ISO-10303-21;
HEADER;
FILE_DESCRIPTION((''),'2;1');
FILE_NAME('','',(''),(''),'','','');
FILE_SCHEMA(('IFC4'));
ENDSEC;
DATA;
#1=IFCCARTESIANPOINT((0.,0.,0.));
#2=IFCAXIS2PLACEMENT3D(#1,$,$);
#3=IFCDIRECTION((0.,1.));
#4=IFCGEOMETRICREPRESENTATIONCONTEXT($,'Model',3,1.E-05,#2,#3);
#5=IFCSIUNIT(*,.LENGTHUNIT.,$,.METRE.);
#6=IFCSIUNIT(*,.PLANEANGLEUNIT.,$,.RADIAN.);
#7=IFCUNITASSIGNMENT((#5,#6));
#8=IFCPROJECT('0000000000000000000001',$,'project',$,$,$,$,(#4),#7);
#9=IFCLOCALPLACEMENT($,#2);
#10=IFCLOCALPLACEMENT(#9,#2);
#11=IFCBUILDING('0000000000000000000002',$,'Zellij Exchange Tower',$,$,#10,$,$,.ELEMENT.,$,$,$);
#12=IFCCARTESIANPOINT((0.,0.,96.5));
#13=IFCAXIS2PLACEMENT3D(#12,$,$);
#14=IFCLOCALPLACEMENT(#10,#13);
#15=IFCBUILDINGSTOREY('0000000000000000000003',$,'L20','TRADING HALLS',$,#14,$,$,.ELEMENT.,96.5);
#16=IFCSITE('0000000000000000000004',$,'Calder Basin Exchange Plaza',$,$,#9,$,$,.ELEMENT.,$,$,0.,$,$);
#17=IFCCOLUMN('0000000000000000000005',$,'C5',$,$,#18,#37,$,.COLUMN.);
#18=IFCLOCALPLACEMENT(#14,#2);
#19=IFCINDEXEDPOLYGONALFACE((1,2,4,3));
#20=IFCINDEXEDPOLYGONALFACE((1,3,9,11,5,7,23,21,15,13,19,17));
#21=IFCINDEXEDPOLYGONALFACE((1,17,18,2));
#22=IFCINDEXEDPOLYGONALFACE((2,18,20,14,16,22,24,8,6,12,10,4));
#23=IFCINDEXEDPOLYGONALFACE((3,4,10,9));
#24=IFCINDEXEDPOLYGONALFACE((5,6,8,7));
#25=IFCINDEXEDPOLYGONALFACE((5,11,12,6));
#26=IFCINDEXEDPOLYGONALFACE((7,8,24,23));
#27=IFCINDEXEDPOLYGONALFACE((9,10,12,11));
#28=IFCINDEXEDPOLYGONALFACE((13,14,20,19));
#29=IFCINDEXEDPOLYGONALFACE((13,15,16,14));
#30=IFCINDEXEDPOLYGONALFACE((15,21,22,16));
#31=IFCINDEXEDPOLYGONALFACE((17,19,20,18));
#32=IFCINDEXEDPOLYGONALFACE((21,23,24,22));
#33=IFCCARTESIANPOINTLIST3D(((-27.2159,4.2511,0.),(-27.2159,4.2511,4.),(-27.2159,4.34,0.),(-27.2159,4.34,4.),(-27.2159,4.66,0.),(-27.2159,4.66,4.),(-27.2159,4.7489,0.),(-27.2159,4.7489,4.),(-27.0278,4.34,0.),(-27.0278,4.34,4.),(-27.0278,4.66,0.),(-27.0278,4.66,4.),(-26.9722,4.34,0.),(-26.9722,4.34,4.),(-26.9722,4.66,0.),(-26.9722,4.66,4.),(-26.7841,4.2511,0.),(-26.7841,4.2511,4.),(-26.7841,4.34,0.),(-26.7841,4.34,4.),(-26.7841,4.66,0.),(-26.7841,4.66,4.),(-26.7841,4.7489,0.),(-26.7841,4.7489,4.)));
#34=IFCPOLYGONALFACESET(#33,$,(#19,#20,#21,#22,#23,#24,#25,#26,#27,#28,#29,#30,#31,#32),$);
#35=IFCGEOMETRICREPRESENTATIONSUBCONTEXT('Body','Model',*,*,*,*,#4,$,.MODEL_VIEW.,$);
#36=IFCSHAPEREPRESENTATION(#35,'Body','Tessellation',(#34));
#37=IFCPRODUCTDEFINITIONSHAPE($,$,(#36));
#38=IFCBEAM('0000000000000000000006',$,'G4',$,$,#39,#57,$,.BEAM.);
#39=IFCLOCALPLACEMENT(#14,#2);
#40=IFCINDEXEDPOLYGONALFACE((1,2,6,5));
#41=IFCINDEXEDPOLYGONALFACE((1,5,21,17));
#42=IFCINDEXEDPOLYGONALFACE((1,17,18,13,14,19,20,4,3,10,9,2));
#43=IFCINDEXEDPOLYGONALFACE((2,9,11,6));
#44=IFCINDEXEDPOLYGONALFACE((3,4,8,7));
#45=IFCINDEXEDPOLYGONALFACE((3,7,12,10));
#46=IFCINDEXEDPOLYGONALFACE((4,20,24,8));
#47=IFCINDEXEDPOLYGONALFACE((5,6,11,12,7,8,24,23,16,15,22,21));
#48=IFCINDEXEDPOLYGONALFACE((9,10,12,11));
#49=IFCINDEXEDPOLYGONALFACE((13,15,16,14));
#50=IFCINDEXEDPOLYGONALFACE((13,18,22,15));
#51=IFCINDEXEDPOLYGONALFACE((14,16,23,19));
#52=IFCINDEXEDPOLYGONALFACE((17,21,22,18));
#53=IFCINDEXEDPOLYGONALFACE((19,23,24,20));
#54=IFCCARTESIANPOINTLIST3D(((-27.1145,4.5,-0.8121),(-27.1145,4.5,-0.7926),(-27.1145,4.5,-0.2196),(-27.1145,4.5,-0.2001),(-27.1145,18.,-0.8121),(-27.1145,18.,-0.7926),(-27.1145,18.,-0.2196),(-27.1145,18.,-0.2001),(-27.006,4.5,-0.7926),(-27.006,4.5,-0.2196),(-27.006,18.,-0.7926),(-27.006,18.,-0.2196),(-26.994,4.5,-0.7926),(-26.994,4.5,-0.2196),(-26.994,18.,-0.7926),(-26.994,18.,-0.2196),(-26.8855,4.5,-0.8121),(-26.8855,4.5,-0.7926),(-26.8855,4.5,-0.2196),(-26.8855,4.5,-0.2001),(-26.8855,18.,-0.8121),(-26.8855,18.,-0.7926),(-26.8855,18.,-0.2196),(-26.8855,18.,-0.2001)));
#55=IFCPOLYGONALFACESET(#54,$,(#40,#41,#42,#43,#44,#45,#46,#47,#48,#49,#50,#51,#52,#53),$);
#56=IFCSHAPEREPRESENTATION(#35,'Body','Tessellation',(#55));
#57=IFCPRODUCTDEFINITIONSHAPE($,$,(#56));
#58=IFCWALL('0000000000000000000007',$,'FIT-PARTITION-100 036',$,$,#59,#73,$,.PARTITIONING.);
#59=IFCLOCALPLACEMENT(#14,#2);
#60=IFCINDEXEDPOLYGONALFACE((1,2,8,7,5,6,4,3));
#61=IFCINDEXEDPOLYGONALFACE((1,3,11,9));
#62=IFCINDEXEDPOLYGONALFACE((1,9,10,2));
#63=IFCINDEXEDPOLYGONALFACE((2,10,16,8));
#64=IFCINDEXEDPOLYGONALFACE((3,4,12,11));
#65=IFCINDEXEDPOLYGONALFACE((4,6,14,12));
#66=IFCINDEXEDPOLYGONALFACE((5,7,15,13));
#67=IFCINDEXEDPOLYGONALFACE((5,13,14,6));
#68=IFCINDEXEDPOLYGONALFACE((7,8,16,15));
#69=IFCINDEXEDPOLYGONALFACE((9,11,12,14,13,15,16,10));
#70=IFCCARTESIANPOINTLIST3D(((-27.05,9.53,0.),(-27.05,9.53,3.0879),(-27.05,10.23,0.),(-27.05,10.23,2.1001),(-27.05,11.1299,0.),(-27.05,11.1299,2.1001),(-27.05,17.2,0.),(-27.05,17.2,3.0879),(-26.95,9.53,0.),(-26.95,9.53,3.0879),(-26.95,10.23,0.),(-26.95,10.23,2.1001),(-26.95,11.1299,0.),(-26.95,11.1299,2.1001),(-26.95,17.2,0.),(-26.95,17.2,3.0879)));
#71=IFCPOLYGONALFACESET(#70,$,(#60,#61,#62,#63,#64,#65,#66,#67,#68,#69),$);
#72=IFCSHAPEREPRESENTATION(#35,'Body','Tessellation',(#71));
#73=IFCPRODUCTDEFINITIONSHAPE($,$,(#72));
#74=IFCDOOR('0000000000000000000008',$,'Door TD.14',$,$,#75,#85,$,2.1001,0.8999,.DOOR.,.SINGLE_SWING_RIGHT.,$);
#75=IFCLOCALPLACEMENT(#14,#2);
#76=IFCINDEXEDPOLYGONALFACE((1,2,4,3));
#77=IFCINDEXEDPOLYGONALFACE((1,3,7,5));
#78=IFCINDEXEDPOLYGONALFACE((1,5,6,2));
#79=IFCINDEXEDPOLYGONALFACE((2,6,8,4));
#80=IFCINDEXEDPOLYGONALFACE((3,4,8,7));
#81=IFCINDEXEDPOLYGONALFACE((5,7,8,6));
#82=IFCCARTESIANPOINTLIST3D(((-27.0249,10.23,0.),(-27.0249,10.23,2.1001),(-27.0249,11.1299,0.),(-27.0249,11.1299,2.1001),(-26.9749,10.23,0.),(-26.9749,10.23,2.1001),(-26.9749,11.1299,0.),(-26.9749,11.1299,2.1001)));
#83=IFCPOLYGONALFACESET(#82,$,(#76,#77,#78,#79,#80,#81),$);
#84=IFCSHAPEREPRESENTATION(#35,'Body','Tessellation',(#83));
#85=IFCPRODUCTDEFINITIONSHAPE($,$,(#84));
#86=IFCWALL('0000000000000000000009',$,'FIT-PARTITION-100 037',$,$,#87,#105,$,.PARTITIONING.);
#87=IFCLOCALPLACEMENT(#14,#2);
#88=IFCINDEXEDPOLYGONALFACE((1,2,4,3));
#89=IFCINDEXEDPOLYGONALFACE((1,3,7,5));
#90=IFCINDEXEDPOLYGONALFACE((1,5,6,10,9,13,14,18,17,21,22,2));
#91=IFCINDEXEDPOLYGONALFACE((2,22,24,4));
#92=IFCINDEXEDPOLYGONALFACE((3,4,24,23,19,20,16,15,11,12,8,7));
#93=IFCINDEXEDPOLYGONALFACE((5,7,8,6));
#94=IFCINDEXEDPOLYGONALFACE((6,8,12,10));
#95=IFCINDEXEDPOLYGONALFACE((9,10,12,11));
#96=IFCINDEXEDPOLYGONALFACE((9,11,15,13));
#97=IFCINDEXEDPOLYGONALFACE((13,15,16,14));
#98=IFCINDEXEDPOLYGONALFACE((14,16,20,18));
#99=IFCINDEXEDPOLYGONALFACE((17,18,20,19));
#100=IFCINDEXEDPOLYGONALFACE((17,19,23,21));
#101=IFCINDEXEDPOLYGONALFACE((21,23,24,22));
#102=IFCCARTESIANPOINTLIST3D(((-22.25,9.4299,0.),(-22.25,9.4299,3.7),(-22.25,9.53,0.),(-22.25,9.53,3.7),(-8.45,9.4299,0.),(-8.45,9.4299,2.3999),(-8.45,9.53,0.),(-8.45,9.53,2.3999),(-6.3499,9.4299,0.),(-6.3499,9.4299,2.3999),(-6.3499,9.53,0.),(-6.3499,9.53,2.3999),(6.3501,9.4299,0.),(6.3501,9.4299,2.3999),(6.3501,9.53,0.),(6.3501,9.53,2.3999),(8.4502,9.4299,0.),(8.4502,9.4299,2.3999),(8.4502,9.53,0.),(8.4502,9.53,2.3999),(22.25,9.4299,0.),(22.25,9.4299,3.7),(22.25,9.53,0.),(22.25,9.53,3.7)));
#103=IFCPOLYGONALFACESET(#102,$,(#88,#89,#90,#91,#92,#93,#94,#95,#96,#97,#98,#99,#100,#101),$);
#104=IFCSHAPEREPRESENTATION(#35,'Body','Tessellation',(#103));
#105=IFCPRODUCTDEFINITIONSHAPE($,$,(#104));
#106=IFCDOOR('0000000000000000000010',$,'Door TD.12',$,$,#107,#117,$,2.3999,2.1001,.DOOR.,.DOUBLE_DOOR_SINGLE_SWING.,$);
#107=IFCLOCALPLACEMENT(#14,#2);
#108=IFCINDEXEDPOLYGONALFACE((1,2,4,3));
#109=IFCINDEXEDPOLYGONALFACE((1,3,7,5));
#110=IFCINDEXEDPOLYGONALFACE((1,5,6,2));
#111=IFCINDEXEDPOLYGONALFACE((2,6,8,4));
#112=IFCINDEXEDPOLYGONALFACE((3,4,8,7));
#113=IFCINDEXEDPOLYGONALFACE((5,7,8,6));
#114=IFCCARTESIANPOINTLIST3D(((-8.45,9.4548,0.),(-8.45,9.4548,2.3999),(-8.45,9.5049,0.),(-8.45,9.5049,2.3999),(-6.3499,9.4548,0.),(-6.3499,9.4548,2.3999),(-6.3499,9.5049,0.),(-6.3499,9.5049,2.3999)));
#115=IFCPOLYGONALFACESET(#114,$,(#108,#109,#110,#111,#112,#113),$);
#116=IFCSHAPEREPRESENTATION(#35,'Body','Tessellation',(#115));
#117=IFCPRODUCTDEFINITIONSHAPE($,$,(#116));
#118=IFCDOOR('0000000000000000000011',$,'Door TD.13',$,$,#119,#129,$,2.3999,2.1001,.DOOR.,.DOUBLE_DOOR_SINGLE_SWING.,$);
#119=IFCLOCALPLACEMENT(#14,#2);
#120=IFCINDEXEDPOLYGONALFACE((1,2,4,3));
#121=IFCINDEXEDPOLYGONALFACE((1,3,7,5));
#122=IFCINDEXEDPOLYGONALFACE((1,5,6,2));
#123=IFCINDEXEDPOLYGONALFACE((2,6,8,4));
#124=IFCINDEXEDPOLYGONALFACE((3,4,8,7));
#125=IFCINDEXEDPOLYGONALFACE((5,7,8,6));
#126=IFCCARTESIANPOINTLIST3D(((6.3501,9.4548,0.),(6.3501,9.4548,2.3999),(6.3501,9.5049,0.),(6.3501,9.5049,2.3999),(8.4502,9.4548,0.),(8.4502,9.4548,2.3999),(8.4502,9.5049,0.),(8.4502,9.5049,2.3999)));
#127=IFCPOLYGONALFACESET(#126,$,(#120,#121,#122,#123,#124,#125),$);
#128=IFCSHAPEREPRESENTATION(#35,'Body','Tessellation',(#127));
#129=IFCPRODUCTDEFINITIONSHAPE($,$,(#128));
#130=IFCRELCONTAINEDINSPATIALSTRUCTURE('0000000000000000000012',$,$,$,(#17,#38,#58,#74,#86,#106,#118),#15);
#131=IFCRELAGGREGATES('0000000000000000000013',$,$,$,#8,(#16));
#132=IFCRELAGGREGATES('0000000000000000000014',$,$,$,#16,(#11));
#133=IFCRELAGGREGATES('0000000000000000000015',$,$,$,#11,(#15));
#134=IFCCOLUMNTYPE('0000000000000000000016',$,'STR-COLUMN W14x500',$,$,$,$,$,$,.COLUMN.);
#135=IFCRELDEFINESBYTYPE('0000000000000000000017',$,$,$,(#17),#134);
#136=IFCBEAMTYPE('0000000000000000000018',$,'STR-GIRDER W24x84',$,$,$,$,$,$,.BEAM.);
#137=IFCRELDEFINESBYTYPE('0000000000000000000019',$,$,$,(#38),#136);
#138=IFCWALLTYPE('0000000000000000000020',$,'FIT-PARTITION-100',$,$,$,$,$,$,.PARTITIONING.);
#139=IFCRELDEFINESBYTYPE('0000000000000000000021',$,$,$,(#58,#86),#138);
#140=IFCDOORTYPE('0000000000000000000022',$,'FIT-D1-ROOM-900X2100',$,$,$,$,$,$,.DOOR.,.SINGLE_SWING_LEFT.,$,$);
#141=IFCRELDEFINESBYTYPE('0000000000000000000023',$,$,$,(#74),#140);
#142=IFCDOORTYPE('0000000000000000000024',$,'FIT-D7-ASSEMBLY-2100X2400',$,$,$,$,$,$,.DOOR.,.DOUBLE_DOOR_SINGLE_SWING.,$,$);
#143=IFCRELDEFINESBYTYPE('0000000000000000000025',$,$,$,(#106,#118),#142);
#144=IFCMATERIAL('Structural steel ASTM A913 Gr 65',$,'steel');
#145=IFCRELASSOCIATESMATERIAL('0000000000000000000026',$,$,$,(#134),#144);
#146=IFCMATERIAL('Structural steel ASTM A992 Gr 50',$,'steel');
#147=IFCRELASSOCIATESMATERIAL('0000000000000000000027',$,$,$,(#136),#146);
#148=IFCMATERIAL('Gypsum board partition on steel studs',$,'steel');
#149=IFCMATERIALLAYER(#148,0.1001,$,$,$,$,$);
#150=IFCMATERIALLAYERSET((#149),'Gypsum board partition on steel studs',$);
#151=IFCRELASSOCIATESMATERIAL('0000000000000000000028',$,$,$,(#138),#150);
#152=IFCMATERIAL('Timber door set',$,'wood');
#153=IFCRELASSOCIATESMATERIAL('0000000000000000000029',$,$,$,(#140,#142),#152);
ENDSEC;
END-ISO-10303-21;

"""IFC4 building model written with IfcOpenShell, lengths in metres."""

from ifc_helpers import new_model, si_unit, direction, frame, frame_2d, origin, origin_2d, place, context, subcontext, project, spatial, rectangle, i_section, extrude, material, layer, layer_set, material_profile, profile_set, type_object, element, fill, save


model = new_model("IFC4")

# Units and contexts
model_context = context("Model", 3, precision=1e-05, world=origin(), true_north=direction((0.0, 1.0)))
body_context = subcontext(model_context, "Body", "Model", "MODEL_VIEW")
ifc_project = project(units=[si_unit("LENGTHUNIT", "METRE"), si_unit("PLANEANGLEUNIT", "RADIAN")], contexts=[model_context])

# Site, building, storey
site_placement = place(None, origin())
site = spatial("IfcSite", under=ifc_project, at=site_placement, Name="Calder Basin Exchange Plaza", CompositionType="ELEMENT", RefElevation=0.0)
building_placement = place(site_placement, origin())
building = spatial("IfcBuilding", under=site, at=building_placement, Name="Zellij Exchange Tower", CompositionType="ELEMENT")
storey_placement = place(building_placement, frame((0.0, 0.0, 96.5)))
storey = spatial("IfcBuildingStorey", under=building, at=storey_placement, Name="L20", Description="TRADING HALLS", CompositionType="ELEMENT", Elevation=96.5)

# Column
ifc_material_1 = material(Name="Structural steel ASTM A913 Gr 65", Category="steel")
ifc_material_profile_1 = material_profile(ifc_material_1, i_section(OverallWidth=0.4319, OverallDepth=0.4978, WebThickness=0.0557, FlangeThickness=0.0889, at=origin_2d()), Name="W14x500")
ifc_profile_set_1 = profile_set([ifc_material_profile_1], Name="Structural steel ASTM A913 Gr 65")
column_type = type_object("IfcColumnType", Name="STR-COLUMN W14x500", PredefinedType="COLUMN", material=ifc_profile_set_1)
column_placement = place(storey_placement, frame((-27.0, 4.5, 0.0), z_axis=(0.0, 0.0, 1.0), x_axis=(1.0, 0.0, 0.0)))
element("IfcColumn", 1, at=column_placement, inside=storey, type_object=column_type, Name="C5", PredefinedType="COLUMN", context=body_context, shape_type="SweptSolid", body=[
    extrude(i_section(OverallWidth=0.4319, OverallDepth=0.4978, WebThickness=0.0557, FlangeThickness=0.0889, at=origin_2d()), origin(), (0.0, 0.0, 1.0), 4.0),
])

# Beam
ifc_material_2 = material(Name="Structural steel ASTM A992 Gr 50", Category="steel")
ifc_material_profile_2 = material_profile(ifc_material_2, i_section(OverallWidth=0.229, OverallDepth=0.6121, WebThickness=0.012, FlangeThickness=0.0195, at=origin_2d()), Name="W24x84")
ifc_profile_set_2 = profile_set([ifc_material_profile_2], Name="Structural steel ASTM A992 Gr 50")
beam_type = type_object("IfcBeamType", Name="STR-GIRDER W24x84", PredefinedType="BEAM", material=ifc_profile_set_2)
beam_placement = place(storey_placement, frame((-27.0, 4.5, -0.5061), z_axis=(0.0, 1.0, 0.0), x_axis=(-1.0, 0.0, 0.0)))
element("IfcBeam", 2, at=beam_placement, inside=storey, type_object=beam_type, Name="G4", PredefinedType="BEAM", context=body_context, shape_type="SweptSolid", body=[
    extrude(i_section(OverallWidth=0.229, OverallDepth=0.6121, WebThickness=0.012, FlangeThickness=0.0195, at=origin_2d()), origin(), (0.0, 0.0, 1.0), 13.5),
])

# Wall, opening, door
ifc_material_3 = material(Name="Gypsum board partition on steel studs", Category="steel")
ifc_layer = layer(ifc_material_3, 0.1001)
ifc_layer_set = layer_set([ifc_layer], Name="Gypsum board partition on steel studs")
wall_type = type_object("IfcWallType", Name="FIT-PARTITION-100", PredefinedType="PARTITIONING", material=ifc_layer_set)
wall_1_placement = place(storey_placement, frame((-27.0, 9.53, 0.0), z_axis=(0.0, 0.0, 1.0), x_axis=(0.0, 1.0, 0.0)))
wall_1 = element("IfcWall", 3, at=wall_1_placement, inside=storey, type_object=wall_type, Name="FIT-PARTITION-100 036", PredefinedType="PARTITIONING", context=body_context, shape_type="SweptSolid", body=[
    extrude(rectangle(XDim=7.6699, YDim=0.1001, at=frame_2d((3.835, 0.0))), origin(), (0.0, 0.0, 1.0), 3.0879),
])
opening_1_placement = place(wall_1_placement, frame((0.7, 0.0, 0.0)))
opening_1 = element("IfcOpeningElement", 4, at=opening_1_placement, cuts=wall_1, PredefinedType="OPENING", context=body_context, shape_type="SweptSolid", body=[
    extrude(rectangle(XDim=0.8999, YDim=2.1001, at=frame_2d((0.45, 1.05))), frame((0.0, 0.062, 0.0), z_axis=(0.0, -1.0, 0.0), x_axis=(1.0, 0.0, 0.0)), (0.0, 0.0, 1.0), 0.124),
])
ifc_material_4 = material(Name="Timber door set", Category="wood")
door_type_1 = type_object("IfcDoorType", Name="FIT-D1-ROOM-900X2100", OperationType="SINGLE_SWING_LEFT", PredefinedType="DOOR", material=ifc_material_4)
door_1_placement = place(opening_1_placement, origin())
door_1 = element("IfcDoor", 5, at=door_1_placement, inside=storey, type_object=door_type_1, Name="Door TD.14", OperationType="SINGLE_SWING_RIGHT", OverallHeight=2.1001, OverallWidth=0.8999, PredefinedType="DOOR", context=body_context, shape_type="SweptSolid", body=[
    extrude(rectangle(XDim=0.8999, YDim=2.1001, at=frame_2d((0.45, 1.05))), frame((0.0, 0.0249, 0.0), z_axis=(0.0, -1.0, 0.0), x_axis=(1.0, 0.0, 0.0)), (0.0, 0.0, 1.0), 0.05),
])
fill(opening_1, door_1)

# Wall, openings, doors
wall_2_placement = place(storey_placement, frame((-22.25, 9.48, 0.0), z_axis=(0.0, 0.0, 1.0), x_axis=(1.0, 0.0, 0.0)))
wall_2 = element("IfcWall", 6, at=wall_2_placement, inside=storey, type_object=wall_type, Name="FIT-PARTITION-100 037", PredefinedType="PARTITIONING", context=body_context, shape_type="SweptSolid", body=[
    extrude(rectangle(XDim=44.5, YDim=0.1001, at=frame_2d((22.25, 0.0))), origin(), (0.0, 0.0, 1.0), 3.7),
])
opening_2_placement = place(wall_2_placement, frame((13.8, 0.0, 0.0)))
opening_2 = element("IfcOpeningElement", 7, at=opening_2_placement, cuts=wall_2, PredefinedType="OPENING", context=body_context, shape_type="SweptSolid", body=[
    extrude(rectangle(XDim=2.1001, YDim=2.3999, at=frame_2d((1.05, 1.2))), frame((0.0, 0.062, 0.0), z_axis=(0.0, -1.0, 0.0), x_axis=(1.0, 0.0, 0.0)), (0.0, 0.0, 1.0), 0.124),
])
opening_3_placement = place(wall_2_placement, frame((28.6001, 0.0, 0.0)))
opening_3 = element("IfcOpeningElement", 8, at=opening_3_placement, cuts=wall_2, PredefinedType="OPENING", context=body_context, shape_type="SweptSolid", body=[
    extrude(rectangle(XDim=2.1001, YDim=2.3999, at=frame_2d((1.05, 1.2))), frame((0.0, 0.062, 0.0), z_axis=(0.0, -1.0, 0.0), x_axis=(1.0, 0.0, 0.0)), (0.0, 0.0, 1.0), 0.124),
])
door_type_2 = type_object("IfcDoorType", Name="FIT-D7-ASSEMBLY-2100X2400", OperationType="DOUBLE_DOOR_SINGLE_SWING", PredefinedType="DOOR", material=ifc_material_4)
door_2_placement = place(opening_2_placement, origin())
door_2 = element("IfcDoor", 9, at=door_2_placement, inside=storey, type_object=door_type_2, Name="Door TD.12", OperationType="DOUBLE_DOOR_SINGLE_SWING", OverallHeight=2.3999, OverallWidth=2.1001, PredefinedType="DOOR", context=body_context, shape_type="SweptSolid", body=[
    extrude(rectangle(XDim=2.1001, YDim=2.3999, at=frame_2d((1.05, 1.2))), frame((0.0, 0.0249, 0.0), z_axis=(0.0, -1.0, 0.0), x_axis=(1.0, 0.0, 0.0)), (0.0, 0.0, 1.0), 0.05),
])
fill(opening_2, door_2)
door_3_placement = place(opening_3_placement, origin())
door_3 = element("IfcDoor", 10, at=door_3_placement, inside=storey, type_object=door_type_2, Name="Door TD.13", OperationType="DOUBLE_DOOR_SINGLE_SWING", OverallHeight=2.3999, OverallWidth=2.1001, PredefinedType="DOOR", context=body_context, shape_type="SweptSolid", body=[
    extrude(rectangle(XDim=2.1001, YDim=2.3999, at=frame_2d((1.05, 1.2))), frame((0.0, 0.0249, 0.0), z_axis=(0.0, -1.0, 0.0), x_axis=(1.0, 0.0, 0.0)), (0.0, 0.0, 1.0), 0.05),
])
fill(opening_3, door_3)

save(model, "model.ifc")
